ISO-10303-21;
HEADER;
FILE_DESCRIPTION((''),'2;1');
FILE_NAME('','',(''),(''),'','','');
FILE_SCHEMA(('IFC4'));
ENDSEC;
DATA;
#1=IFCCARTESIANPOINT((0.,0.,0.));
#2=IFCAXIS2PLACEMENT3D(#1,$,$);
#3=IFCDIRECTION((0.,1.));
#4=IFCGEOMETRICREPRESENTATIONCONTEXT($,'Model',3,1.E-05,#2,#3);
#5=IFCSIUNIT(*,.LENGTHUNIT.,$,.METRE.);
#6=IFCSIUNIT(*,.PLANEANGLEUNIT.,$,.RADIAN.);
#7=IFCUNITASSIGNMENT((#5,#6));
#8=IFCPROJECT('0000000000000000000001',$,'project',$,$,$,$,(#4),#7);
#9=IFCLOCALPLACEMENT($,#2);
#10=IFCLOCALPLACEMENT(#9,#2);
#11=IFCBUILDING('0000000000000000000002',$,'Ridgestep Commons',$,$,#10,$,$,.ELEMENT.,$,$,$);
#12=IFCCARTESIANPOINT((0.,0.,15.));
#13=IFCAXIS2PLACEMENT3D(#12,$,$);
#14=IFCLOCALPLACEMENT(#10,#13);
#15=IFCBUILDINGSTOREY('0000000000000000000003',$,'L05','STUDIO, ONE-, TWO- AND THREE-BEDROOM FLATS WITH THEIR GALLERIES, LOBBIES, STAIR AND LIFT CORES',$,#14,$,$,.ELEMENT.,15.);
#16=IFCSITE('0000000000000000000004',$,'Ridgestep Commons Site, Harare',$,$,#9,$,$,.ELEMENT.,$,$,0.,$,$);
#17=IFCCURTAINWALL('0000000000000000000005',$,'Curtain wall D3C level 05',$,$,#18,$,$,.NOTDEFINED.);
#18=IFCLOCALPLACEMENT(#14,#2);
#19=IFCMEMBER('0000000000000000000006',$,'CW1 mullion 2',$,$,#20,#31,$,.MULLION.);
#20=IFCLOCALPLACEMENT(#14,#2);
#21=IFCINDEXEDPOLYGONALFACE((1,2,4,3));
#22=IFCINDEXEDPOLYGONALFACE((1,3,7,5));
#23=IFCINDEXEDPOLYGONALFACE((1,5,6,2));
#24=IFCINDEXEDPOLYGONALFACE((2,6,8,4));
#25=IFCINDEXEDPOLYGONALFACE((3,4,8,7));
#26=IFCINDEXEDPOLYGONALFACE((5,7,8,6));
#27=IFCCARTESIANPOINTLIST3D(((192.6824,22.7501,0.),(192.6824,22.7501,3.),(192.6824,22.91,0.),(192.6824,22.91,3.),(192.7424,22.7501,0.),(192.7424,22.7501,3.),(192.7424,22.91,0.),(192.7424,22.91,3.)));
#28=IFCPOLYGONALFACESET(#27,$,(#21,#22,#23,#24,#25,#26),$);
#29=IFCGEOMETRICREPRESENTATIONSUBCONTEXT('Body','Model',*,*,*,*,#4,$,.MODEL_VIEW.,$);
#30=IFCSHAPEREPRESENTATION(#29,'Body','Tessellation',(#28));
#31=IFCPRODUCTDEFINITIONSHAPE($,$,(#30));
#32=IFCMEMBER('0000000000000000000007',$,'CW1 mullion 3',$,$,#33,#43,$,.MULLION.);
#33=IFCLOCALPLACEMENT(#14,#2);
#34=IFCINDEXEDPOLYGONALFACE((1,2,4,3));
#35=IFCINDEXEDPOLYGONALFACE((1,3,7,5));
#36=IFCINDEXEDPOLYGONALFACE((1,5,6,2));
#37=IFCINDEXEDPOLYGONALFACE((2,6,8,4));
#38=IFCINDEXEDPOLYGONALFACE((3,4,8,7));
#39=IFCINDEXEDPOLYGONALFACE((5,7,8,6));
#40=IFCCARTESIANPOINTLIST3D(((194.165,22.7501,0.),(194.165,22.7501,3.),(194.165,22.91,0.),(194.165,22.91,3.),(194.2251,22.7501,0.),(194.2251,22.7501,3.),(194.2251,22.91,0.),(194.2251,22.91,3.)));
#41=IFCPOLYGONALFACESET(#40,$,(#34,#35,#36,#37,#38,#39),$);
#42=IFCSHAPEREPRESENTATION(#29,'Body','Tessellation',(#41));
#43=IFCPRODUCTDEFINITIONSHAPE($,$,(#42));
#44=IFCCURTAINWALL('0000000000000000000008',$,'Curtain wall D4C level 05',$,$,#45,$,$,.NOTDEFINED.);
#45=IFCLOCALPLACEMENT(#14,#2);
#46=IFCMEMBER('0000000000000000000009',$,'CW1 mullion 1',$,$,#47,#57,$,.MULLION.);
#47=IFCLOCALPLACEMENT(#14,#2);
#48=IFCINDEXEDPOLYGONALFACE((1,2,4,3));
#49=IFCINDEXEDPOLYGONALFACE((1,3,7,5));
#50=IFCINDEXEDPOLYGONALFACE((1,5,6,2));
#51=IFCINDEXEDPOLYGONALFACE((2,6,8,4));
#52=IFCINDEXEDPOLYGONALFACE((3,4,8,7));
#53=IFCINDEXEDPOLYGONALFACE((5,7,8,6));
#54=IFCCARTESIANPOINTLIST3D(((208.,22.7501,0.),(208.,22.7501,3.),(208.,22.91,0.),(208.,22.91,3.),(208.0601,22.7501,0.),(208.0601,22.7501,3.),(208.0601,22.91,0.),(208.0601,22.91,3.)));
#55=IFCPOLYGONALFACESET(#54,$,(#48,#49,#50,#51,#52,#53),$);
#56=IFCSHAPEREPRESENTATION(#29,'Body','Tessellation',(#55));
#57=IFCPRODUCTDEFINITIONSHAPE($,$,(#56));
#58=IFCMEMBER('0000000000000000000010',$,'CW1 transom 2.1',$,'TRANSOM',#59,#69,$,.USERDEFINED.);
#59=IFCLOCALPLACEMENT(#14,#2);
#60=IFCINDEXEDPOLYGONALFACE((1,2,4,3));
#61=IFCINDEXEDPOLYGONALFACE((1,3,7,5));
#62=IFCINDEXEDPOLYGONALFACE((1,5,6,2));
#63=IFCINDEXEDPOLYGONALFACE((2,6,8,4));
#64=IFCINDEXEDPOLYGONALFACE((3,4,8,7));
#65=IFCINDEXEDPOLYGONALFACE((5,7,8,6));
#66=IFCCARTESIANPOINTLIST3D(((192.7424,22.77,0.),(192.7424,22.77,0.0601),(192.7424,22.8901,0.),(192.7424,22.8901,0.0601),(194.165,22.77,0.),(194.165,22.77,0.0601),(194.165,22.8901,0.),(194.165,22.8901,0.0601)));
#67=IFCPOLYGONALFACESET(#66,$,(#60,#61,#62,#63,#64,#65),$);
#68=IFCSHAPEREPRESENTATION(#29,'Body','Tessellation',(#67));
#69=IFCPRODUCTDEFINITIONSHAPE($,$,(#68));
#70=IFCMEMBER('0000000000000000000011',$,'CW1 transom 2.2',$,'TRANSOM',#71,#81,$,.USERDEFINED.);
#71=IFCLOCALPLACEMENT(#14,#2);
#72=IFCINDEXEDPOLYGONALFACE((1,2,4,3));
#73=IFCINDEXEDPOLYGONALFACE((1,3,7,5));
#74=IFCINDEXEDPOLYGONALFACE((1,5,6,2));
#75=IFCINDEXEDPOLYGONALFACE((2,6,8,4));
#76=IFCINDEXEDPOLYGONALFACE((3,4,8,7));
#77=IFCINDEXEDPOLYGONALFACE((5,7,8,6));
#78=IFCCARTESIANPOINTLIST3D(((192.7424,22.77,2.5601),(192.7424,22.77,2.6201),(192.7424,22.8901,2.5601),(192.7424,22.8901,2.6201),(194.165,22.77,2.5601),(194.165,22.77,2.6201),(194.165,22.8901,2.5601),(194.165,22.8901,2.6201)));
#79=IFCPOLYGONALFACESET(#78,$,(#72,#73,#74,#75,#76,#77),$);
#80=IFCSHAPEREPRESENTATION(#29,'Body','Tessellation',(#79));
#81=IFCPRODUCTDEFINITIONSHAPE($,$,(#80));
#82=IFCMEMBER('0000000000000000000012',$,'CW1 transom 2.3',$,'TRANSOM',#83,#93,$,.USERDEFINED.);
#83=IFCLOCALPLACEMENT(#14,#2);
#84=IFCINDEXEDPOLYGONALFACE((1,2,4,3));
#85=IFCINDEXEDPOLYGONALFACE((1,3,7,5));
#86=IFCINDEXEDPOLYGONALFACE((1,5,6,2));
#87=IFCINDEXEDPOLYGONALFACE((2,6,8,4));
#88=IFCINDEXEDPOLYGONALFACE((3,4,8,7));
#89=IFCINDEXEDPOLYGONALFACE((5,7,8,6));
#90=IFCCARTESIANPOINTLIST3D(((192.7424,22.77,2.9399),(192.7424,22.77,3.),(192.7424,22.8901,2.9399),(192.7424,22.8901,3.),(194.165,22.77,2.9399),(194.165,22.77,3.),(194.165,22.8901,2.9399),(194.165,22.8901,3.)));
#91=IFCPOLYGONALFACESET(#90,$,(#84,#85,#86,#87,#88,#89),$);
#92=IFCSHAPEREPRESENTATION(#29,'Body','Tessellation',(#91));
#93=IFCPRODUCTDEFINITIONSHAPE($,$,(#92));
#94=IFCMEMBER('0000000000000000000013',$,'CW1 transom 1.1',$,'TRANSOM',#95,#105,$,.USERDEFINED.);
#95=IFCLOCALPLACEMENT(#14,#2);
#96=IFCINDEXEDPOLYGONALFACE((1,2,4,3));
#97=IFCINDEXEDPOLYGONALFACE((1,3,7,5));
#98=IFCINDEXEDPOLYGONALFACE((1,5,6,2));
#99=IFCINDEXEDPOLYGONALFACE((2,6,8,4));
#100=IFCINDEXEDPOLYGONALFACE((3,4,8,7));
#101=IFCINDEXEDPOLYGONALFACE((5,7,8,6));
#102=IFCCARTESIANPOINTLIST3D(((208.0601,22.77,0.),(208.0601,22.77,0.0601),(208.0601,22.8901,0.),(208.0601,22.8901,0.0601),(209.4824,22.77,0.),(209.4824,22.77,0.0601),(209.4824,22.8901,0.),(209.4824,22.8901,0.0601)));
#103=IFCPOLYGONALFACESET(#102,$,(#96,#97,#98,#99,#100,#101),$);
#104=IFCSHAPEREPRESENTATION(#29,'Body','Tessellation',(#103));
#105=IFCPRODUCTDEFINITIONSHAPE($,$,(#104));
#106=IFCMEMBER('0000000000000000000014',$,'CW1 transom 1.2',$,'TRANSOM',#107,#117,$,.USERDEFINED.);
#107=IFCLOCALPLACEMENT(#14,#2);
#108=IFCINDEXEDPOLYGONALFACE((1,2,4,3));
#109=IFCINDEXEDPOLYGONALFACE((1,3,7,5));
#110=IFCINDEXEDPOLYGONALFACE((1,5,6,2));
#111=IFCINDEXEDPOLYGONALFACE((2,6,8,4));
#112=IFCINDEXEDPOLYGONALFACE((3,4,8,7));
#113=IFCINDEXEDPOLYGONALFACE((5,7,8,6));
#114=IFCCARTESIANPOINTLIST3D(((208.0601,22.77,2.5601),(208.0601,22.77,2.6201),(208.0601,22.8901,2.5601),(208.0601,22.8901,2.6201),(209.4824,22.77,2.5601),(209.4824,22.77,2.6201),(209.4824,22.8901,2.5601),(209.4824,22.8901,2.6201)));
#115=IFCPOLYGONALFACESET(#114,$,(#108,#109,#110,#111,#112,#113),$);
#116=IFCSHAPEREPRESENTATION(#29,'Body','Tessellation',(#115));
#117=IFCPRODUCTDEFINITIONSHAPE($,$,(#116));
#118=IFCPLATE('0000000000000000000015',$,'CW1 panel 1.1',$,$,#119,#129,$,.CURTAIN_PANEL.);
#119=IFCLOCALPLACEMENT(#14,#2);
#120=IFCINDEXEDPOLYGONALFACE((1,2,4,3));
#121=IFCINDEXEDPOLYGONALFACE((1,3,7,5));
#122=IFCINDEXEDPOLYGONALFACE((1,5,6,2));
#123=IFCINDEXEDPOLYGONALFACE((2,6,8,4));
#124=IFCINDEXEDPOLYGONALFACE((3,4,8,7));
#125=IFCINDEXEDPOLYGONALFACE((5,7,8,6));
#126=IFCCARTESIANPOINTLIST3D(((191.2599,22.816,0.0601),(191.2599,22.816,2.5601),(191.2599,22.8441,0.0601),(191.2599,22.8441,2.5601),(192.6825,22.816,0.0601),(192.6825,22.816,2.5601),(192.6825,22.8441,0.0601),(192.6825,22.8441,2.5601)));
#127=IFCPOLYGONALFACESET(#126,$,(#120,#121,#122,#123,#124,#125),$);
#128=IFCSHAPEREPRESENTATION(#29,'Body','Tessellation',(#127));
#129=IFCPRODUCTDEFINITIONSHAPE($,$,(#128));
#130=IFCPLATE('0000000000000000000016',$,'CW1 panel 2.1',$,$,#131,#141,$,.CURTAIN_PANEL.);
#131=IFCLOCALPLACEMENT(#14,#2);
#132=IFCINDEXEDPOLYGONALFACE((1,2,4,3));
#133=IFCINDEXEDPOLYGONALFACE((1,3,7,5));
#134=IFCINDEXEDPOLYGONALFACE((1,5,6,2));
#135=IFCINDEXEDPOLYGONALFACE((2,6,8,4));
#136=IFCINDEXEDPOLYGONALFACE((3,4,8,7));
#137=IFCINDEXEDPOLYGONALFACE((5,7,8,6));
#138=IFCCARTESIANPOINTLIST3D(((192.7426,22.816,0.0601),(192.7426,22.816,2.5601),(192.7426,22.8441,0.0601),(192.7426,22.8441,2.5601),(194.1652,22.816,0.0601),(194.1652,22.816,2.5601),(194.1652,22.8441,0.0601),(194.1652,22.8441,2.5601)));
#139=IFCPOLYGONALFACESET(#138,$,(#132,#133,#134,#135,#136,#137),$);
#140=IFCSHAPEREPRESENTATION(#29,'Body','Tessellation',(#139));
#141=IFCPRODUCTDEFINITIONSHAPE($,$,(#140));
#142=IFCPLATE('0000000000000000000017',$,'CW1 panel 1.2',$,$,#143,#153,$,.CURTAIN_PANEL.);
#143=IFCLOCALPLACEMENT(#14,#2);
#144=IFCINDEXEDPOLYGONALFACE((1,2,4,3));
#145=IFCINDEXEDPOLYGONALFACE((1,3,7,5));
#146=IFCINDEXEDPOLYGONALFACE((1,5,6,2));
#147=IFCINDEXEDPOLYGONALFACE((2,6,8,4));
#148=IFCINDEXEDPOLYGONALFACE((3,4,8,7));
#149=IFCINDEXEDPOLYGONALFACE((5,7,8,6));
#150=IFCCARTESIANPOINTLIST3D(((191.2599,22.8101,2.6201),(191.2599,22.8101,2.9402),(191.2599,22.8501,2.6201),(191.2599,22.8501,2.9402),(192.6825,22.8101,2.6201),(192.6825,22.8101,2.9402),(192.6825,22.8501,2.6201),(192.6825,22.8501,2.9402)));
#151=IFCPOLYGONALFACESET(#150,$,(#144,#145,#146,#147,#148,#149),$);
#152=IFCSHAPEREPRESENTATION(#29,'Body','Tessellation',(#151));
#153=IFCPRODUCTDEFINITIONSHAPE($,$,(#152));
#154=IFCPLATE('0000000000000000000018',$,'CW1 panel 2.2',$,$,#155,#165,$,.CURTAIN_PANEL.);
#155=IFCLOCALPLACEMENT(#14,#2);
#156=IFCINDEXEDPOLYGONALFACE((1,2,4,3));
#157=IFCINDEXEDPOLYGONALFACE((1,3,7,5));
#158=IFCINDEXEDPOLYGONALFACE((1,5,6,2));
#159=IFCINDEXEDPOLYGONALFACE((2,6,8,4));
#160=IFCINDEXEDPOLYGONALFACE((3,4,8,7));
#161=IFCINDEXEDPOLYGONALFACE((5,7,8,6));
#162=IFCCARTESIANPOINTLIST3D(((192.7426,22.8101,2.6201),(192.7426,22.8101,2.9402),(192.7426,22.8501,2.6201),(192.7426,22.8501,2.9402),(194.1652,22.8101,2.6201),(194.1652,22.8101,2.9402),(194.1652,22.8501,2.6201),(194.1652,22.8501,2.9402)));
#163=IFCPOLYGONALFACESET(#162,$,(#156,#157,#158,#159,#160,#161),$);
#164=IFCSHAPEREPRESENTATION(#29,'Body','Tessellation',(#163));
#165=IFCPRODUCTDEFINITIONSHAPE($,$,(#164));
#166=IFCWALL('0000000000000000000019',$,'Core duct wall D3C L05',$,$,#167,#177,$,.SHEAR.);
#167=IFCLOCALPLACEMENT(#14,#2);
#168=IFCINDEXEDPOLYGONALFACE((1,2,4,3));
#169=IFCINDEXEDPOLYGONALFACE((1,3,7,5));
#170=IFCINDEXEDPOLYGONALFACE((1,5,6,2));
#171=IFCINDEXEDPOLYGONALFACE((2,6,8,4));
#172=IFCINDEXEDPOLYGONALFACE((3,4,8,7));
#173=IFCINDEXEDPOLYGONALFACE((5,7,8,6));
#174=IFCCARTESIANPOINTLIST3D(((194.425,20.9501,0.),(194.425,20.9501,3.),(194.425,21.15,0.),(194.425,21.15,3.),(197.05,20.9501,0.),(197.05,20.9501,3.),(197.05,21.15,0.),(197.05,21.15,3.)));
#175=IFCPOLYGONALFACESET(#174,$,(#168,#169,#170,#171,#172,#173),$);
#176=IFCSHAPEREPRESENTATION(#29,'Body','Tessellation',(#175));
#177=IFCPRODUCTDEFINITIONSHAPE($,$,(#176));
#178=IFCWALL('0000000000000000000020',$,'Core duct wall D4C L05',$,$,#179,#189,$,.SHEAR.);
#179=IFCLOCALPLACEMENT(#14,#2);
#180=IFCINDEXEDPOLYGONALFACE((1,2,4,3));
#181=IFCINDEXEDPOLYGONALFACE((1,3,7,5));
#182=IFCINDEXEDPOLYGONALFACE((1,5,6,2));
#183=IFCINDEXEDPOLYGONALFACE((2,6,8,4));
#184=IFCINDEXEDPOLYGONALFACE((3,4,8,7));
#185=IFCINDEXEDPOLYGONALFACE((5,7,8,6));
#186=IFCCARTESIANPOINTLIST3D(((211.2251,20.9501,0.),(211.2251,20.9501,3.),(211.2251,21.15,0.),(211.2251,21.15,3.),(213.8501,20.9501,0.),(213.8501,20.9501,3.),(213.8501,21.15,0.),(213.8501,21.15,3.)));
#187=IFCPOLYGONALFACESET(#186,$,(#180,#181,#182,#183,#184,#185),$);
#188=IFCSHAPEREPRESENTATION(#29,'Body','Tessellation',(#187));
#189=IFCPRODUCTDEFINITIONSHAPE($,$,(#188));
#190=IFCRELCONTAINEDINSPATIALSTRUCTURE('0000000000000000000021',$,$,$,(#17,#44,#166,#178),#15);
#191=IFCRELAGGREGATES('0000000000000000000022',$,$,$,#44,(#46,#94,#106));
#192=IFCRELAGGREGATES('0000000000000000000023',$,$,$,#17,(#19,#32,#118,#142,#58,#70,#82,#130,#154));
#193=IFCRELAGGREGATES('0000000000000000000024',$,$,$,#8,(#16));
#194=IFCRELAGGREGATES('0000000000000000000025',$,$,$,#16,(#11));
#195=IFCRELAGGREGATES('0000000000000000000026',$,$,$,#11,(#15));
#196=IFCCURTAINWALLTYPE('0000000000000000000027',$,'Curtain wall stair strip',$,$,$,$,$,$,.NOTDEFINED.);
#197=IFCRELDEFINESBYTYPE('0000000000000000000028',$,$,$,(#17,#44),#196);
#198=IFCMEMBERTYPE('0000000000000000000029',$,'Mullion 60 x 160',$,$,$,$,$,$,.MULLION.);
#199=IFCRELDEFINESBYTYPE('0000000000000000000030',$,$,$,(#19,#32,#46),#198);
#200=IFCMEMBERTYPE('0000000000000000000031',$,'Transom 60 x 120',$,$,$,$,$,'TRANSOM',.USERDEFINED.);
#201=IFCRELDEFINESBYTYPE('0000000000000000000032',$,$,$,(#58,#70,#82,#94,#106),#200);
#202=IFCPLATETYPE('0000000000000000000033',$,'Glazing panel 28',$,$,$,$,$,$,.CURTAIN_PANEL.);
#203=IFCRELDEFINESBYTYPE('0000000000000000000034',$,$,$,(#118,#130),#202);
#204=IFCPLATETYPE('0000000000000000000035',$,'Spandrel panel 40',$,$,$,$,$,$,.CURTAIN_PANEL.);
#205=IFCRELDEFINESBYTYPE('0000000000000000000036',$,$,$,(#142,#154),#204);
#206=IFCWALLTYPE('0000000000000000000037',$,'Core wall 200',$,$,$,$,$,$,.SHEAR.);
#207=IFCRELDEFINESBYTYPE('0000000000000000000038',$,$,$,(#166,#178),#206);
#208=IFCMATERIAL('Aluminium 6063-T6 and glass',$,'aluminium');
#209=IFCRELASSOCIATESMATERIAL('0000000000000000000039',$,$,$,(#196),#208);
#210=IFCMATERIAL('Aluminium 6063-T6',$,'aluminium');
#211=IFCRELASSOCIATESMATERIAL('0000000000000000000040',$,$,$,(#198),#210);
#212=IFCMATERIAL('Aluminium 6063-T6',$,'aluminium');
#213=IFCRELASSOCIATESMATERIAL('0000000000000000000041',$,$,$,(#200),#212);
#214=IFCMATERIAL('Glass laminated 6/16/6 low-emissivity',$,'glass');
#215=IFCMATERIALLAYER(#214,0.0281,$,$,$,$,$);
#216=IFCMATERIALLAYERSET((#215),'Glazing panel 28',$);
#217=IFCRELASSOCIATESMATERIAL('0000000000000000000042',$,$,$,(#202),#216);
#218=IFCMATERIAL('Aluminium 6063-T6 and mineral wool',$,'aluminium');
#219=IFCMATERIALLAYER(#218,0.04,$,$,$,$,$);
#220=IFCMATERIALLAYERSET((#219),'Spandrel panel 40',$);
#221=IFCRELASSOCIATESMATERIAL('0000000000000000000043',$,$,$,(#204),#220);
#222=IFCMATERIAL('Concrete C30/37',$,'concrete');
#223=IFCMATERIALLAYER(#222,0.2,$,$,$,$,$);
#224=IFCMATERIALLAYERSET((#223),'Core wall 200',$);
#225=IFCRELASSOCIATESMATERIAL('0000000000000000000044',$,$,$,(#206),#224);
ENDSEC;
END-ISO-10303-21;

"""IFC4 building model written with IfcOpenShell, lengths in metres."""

from ifc_helpers import new_model, si_unit, direction, frame, frame_2d, origin, origin_2d, place, context, subcontext, project, spatial, rectangle, extrude, material, layer, layer_set, material_profile, profile_set, type_object, element, aggregate, save


model = new_model("IFC4")

# Units and contexts
model_context = context("Model", 3, precision=1e-05, world=origin(), true_north=direction((0.0, 1.0)))
body_context = subcontext(model_context, "Body", "Model", "MODEL_VIEW")
ifc_project = project(units=[si_unit("LENGTHUNIT", "METRE"), si_unit("PLANEANGLEUNIT", "RADIAN")], contexts=[model_context])

# Site, building, storey
site_placement = place(None, origin())
site = spatial("IfcSite", under=ifc_project, at=site_placement, Name="Ridgestep Commons Site, Harare", CompositionType="ELEMENT", RefElevation=0.0)
building_placement = place(site_placement, origin())
building = spatial("IfcBuilding", under=site, at=building_placement, Name="Ridgestep Commons", CompositionType="ELEMENT")
storey_placement = place(building_placement, frame((0.0, 0.0, 15.0)))
storey = spatial("IfcBuildingStorey", under=building, at=storey_placement, Name="L05", Description="STUDIO, ONE-, TWO- AND THREE-BEDROOM FLATS WITH THEIR GALLERIES, LOBBIES, STAIR AND LIFT CORES", CompositionType="ELEMENT", Elevation=15.0)

# Curtain wall, members
ifc_material_1 = material(Name="Aluminium 6063-T6 and glass", Category="aluminium")
curtain_wall_type = type_object("IfcCurtainWallType", Name="Curtain wall stair strip", PredefinedType="NOTDEFINED", material=ifc_material_1)
curtain_wall_1_placement = place(storey_placement, origin())
curtain_wall_1 = element("IfcCurtainWall", 1, at=curtain_wall_1_placement, inside=storey, type_object=curtain_wall_type, Name="Curtain wall D3C level 05", PredefinedType="NOTDEFINED")
ifc_material_2 = material(Name="Aluminium 6063-T6", Category="aluminium")
ifc_material_profile_1 = material_profile(ifc_material_2, rectangle(XDim=0.1599, YDim=0.0601, at=origin_2d()), Name="Mullion 60 x 160")
ifc_profile_set_1 = profile_set([ifc_material_profile_1], Name="Aluminium 6063-T6")
member_type_1 = type_object("IfcMemberType", Name="Mullion 60 x 160", PredefinedType="MULLION", material=ifc_profile_set_1)
member_1_placement = place(storey_placement, frame((192.7124, 22.8301, 0.0), z_axis=(0.0, 0.0, 1.0), x_axis=(0.0, 1.0, 0.0)))
member_1 = element("IfcMember", 2, at=member_1_placement, type_object=member_type_1, Name="CW1 mullion 2", PredefinedType="MULLION", context=body_context, shape_type="SweptSolid", body=[
    extrude(rectangle(XDim=0.1599, YDim=0.0601, at=origin_2d()), origin(), (0.0, 0.0, 1.0), 3.0),
])
member_2_placement = place(storey_placement, frame((194.1951, 22.8301, 0.0), z_axis=(0.0, 0.0, 1.0), x_axis=(0.0, 1.0, 0.0)))
member_2 = element("IfcMember", 3, at=member_2_placement, type_object=member_type_1, Name="CW1 mullion 3", PredefinedType="MULLION", context=body_context, shape_type="SweptSolid", body=[
    extrude(rectangle(XDim=0.1599, YDim=0.0601, at=origin_2d()), origin(), (0.0, 0.0, 1.0), 3.0),
])

# Curtain wall, member
curtain_wall_2_placement = place(storey_placement, origin())
curtain_wall_2 = element("IfcCurtainWall", 4, at=curtain_wall_2_placement, inside=storey, type_object=curtain_wall_type, Name="Curtain wall D4C level 05", PredefinedType="NOTDEFINED")
member_3_placement = place(storey_placement, frame((208.03, 22.8301, 0.0), z_axis=(0.0, 0.0, 1.0), x_axis=(0.0, 1.0, 0.0)))
member_3 = element("IfcMember", 5, at=member_3_placement, type_object=member_type_1, Name="CW1 mullion 1", PredefinedType="MULLION", context=body_context, shape_type="SweptSolid", body=[
    extrude(rectangle(XDim=0.1599, YDim=0.0601, at=origin_2d()), origin(), (0.0, 0.0, 1.0), 3.0),
])

# Members
ifc_material_3 = material(Name="Aluminium 6063-T6", Category="aluminium")
ifc_material_profile_2 = material_profile(ifc_material_3, rectangle(XDim=0.1201, YDim=0.0601, at=origin_2d()), Name="Transom 60 x 120")
ifc_profile_set_2 = profile_set([ifc_material_profile_2], Name="Aluminium 6063-T6")
member_type_2 = type_object("IfcMemberType", Name="Transom 60 x 120", ElementType="TRANSOM", PredefinedType="USERDEFINED", material=ifc_profile_set_2)
member_4_placement = place(storey_placement, frame((192.7424, 22.8301, 0.03), z_axis=(1.0, 0.0, 0.0), x_axis=(0.0, 1.0, 0.0)))
member_4 = element("IfcMember", 6, at=member_4_placement, type_object=member_type_2, Name="CW1 transom 2.1", ObjectType="TRANSOM", PredefinedType="USERDEFINED", context=body_context, shape_type="SweptSolid", body=[
    extrude(rectangle(XDim=0.1201, YDim=0.0601, at=origin_2d()), origin(), (0.0, 0.0, 1.0), 1.4226),
])
member_5_placement = place(storey_placement, frame((192.7424, 22.8301, 2.5901), z_axis=(1.0, 0.0, 0.0), x_axis=(0.0, 1.0, 0.0)))
member_5 = element("IfcMember", 7, at=member_5_placement, type_object=member_type_2, Name="CW1 transom 2.2", ObjectType="TRANSOM", PredefinedType="USERDEFINED", context=body_context, shape_type="SweptSolid", body=[
    extrude(rectangle(XDim=0.1201, YDim=0.0601, at=origin_2d()), origin(), (0.0, 0.0, 1.0), 1.4226),
])
member_6_placement = place(storey_placement, frame((192.7424, 22.8301, 2.97), z_axis=(1.0, 0.0, 0.0), x_axis=(0.0, 1.0, 0.0)))
member_6 = element("IfcMember", 8, at=member_6_placement, type_object=member_type_2, Name="CW1 transom 2.3", ObjectType="TRANSOM", PredefinedType="USERDEFINED", context=body_context, shape_type="SweptSolid", body=[
    extrude(rectangle(XDim=0.1201, YDim=0.0601, at=origin_2d()), origin(), (0.0, 0.0, 1.0), 1.4226),
])
member_7_placement = place(storey_placement, frame((208.0601, 22.8301, 0.03), z_axis=(1.0, 0.0, 0.0), x_axis=(0.0, 1.0, 0.0)))
member_7 = element("IfcMember", 9, at=member_7_placement, type_object=member_type_2, Name="CW1 transom 1.1", ObjectType="TRANSOM", PredefinedType="USERDEFINED", context=body_context, shape_type="SweptSolid", body=[
    extrude(rectangle(XDim=0.1201, YDim=0.0601, at=origin_2d()), origin(), (0.0, 0.0, 1.0), 1.4224),
])
member_8_placement = place(storey_placement, frame((208.0601, 22.8301, 2.5901), z_axis=(1.0, 0.0, 0.0), x_axis=(0.0, 1.0, 0.0)))
member_8 = element("IfcMember", 10, at=member_8_placement, type_object=member_type_2, Name="CW1 transom 1.2", ObjectType="TRANSOM", PredefinedType="USERDEFINED", context=body_context, shape_type="SweptSolid", body=[
    extrude(rectangle(XDim=0.1201, YDim=0.0601, at=origin_2d()), origin(), (0.0, 0.0, 1.0), 1.4224),
])
aggregate(curtain_wall_2, [member_3, member_7, member_8])

# Plates
ifc_material_4 = material(Name="Glass laminated 6/16/6 low-emissivity", Category="glass")
ifc_layer_1 = layer(ifc_material_4, 0.0281)
ifc_layer_set_1 = layer_set([ifc_layer_1], Name="Glazing panel 28")
plate_type_1 = type_object("IfcPlateType", Name="Glazing panel 28", PredefinedType="CURTAIN_PANEL", material=ifc_layer_set_1)
plate_1_placement = place(storey_placement, frame((191.9712, 22.8301, 0.0601), z_axis=(0.0, 0.0, 1.0), x_axis=(1.0, 0.0, 0.0)))
plate_1 = element("IfcPlate", 11, at=plate_1_placement, type_object=plate_type_1, Name="CW1 panel 1.1", PredefinedType="CURTAIN_PANEL", context=body_context, shape_type="SweptSolid", body=[
    extrude(rectangle(XDim=1.4226, YDim=0.0281, at=origin_2d()), origin(), (0.0, 0.0, 1.0), 2.5),
])
plate_2_placement = place(storey_placement, frame((193.4539, 22.8301, 0.0601), z_axis=(0.0, 0.0, 1.0), x_axis=(1.0, 0.0, 0.0)))
plate_2 = element("IfcPlate", 12, at=plate_2_placement, type_object=plate_type_1, Name="CW1 panel 2.1", PredefinedType="CURTAIN_PANEL", context=body_context, shape_type="SweptSolid", body=[
    extrude(rectangle(XDim=1.4226, YDim=0.0281, at=origin_2d()), origin(), (0.0, 0.0, 1.0), 2.5),
])
ifc_material_5 = material(Name="Aluminium 6063-T6 and mineral wool", Category="aluminium")
ifc_layer_2 = layer(ifc_material_5, 0.04)
ifc_layer_set_2 = layer_set([ifc_layer_2], Name="Spandrel panel 40")
plate_type_2 = type_object("IfcPlateType", Name="Spandrel panel 40", PredefinedType="CURTAIN_PANEL", material=ifc_layer_set_2)
plate_3_placement = place(storey_placement, frame((191.9712, 22.8301, 2.6201), z_axis=(0.0, 0.0, 1.0), x_axis=(1.0, 0.0, 0.0)))
plate_3 = element("IfcPlate", 13, at=plate_3_placement, type_object=plate_type_2, Name="CW1 panel 1.2", PredefinedType="CURTAIN_PANEL", context=body_context, shape_type="SweptSolid", body=[
    extrude(rectangle(XDim=1.4226, YDim=0.04, at=origin_2d()), origin(), (0.0, 0.0, 1.0), 0.3201),
])
plate_4_placement = place(storey_placement, frame((193.4539, 22.8301, 2.6201), z_axis=(0.0, 0.0, 1.0), x_axis=(1.0, 0.0, 0.0)))
plate_4 = element("IfcPlate", 14, at=plate_4_placement, type_object=plate_type_2, Name="CW1 panel 2.2", PredefinedType="CURTAIN_PANEL", context=body_context, shape_type="SweptSolid", body=[
    extrude(rectangle(XDim=1.4226, YDim=0.04, at=origin_2d()), origin(), (0.0, 0.0, 1.0), 0.3201),
])
aggregate(curtain_wall_1, [member_1, member_2, plate_1, plate_3, member_4, member_5, member_6, plate_2, plate_4])

# Walls
ifc_material_6 = material(Name="Concrete C30/37", Category="concrete")
ifc_layer_3 = layer(ifc_material_6, 0.2)
ifc_layer_set_3 = layer_set([ifc_layer_3], Name="Core wall 200")
wall_type = type_object("IfcWallType", Name="Core wall 200", PredefinedType="SHEAR", material=ifc_layer_set_3)
for number, where, z_axis, x_axis, name in (
    (15, (194.425, 21.05, 0.0), (0.0, 0.0, 1.0), (1.0, 0.0, 0.0), "Core duct wall D3C L05"),
    (16, (211.2251, 21.05, 0.0), (0.0, 0.0, 1.0), (1.0, 0.0, 0.0), "Core duct wall D4C L05"),
):
    element("IfcWall", number, at=place(storey_placement, frame(where, z_axis=z_axis, x_axis=x_axis)), inside=storey, type_object=wall_type, Name=name, PredefinedType="SHEAR", context=body_context, shape_type="SweptSolid", body=[
        extrude(rectangle(XDim=2.625, YDim=0.2, at=frame_2d((1.3125, 0.0))), origin(), (0.0, 0.0, 1.0), 3.0),
    ])

save(model, "model.ifc")
